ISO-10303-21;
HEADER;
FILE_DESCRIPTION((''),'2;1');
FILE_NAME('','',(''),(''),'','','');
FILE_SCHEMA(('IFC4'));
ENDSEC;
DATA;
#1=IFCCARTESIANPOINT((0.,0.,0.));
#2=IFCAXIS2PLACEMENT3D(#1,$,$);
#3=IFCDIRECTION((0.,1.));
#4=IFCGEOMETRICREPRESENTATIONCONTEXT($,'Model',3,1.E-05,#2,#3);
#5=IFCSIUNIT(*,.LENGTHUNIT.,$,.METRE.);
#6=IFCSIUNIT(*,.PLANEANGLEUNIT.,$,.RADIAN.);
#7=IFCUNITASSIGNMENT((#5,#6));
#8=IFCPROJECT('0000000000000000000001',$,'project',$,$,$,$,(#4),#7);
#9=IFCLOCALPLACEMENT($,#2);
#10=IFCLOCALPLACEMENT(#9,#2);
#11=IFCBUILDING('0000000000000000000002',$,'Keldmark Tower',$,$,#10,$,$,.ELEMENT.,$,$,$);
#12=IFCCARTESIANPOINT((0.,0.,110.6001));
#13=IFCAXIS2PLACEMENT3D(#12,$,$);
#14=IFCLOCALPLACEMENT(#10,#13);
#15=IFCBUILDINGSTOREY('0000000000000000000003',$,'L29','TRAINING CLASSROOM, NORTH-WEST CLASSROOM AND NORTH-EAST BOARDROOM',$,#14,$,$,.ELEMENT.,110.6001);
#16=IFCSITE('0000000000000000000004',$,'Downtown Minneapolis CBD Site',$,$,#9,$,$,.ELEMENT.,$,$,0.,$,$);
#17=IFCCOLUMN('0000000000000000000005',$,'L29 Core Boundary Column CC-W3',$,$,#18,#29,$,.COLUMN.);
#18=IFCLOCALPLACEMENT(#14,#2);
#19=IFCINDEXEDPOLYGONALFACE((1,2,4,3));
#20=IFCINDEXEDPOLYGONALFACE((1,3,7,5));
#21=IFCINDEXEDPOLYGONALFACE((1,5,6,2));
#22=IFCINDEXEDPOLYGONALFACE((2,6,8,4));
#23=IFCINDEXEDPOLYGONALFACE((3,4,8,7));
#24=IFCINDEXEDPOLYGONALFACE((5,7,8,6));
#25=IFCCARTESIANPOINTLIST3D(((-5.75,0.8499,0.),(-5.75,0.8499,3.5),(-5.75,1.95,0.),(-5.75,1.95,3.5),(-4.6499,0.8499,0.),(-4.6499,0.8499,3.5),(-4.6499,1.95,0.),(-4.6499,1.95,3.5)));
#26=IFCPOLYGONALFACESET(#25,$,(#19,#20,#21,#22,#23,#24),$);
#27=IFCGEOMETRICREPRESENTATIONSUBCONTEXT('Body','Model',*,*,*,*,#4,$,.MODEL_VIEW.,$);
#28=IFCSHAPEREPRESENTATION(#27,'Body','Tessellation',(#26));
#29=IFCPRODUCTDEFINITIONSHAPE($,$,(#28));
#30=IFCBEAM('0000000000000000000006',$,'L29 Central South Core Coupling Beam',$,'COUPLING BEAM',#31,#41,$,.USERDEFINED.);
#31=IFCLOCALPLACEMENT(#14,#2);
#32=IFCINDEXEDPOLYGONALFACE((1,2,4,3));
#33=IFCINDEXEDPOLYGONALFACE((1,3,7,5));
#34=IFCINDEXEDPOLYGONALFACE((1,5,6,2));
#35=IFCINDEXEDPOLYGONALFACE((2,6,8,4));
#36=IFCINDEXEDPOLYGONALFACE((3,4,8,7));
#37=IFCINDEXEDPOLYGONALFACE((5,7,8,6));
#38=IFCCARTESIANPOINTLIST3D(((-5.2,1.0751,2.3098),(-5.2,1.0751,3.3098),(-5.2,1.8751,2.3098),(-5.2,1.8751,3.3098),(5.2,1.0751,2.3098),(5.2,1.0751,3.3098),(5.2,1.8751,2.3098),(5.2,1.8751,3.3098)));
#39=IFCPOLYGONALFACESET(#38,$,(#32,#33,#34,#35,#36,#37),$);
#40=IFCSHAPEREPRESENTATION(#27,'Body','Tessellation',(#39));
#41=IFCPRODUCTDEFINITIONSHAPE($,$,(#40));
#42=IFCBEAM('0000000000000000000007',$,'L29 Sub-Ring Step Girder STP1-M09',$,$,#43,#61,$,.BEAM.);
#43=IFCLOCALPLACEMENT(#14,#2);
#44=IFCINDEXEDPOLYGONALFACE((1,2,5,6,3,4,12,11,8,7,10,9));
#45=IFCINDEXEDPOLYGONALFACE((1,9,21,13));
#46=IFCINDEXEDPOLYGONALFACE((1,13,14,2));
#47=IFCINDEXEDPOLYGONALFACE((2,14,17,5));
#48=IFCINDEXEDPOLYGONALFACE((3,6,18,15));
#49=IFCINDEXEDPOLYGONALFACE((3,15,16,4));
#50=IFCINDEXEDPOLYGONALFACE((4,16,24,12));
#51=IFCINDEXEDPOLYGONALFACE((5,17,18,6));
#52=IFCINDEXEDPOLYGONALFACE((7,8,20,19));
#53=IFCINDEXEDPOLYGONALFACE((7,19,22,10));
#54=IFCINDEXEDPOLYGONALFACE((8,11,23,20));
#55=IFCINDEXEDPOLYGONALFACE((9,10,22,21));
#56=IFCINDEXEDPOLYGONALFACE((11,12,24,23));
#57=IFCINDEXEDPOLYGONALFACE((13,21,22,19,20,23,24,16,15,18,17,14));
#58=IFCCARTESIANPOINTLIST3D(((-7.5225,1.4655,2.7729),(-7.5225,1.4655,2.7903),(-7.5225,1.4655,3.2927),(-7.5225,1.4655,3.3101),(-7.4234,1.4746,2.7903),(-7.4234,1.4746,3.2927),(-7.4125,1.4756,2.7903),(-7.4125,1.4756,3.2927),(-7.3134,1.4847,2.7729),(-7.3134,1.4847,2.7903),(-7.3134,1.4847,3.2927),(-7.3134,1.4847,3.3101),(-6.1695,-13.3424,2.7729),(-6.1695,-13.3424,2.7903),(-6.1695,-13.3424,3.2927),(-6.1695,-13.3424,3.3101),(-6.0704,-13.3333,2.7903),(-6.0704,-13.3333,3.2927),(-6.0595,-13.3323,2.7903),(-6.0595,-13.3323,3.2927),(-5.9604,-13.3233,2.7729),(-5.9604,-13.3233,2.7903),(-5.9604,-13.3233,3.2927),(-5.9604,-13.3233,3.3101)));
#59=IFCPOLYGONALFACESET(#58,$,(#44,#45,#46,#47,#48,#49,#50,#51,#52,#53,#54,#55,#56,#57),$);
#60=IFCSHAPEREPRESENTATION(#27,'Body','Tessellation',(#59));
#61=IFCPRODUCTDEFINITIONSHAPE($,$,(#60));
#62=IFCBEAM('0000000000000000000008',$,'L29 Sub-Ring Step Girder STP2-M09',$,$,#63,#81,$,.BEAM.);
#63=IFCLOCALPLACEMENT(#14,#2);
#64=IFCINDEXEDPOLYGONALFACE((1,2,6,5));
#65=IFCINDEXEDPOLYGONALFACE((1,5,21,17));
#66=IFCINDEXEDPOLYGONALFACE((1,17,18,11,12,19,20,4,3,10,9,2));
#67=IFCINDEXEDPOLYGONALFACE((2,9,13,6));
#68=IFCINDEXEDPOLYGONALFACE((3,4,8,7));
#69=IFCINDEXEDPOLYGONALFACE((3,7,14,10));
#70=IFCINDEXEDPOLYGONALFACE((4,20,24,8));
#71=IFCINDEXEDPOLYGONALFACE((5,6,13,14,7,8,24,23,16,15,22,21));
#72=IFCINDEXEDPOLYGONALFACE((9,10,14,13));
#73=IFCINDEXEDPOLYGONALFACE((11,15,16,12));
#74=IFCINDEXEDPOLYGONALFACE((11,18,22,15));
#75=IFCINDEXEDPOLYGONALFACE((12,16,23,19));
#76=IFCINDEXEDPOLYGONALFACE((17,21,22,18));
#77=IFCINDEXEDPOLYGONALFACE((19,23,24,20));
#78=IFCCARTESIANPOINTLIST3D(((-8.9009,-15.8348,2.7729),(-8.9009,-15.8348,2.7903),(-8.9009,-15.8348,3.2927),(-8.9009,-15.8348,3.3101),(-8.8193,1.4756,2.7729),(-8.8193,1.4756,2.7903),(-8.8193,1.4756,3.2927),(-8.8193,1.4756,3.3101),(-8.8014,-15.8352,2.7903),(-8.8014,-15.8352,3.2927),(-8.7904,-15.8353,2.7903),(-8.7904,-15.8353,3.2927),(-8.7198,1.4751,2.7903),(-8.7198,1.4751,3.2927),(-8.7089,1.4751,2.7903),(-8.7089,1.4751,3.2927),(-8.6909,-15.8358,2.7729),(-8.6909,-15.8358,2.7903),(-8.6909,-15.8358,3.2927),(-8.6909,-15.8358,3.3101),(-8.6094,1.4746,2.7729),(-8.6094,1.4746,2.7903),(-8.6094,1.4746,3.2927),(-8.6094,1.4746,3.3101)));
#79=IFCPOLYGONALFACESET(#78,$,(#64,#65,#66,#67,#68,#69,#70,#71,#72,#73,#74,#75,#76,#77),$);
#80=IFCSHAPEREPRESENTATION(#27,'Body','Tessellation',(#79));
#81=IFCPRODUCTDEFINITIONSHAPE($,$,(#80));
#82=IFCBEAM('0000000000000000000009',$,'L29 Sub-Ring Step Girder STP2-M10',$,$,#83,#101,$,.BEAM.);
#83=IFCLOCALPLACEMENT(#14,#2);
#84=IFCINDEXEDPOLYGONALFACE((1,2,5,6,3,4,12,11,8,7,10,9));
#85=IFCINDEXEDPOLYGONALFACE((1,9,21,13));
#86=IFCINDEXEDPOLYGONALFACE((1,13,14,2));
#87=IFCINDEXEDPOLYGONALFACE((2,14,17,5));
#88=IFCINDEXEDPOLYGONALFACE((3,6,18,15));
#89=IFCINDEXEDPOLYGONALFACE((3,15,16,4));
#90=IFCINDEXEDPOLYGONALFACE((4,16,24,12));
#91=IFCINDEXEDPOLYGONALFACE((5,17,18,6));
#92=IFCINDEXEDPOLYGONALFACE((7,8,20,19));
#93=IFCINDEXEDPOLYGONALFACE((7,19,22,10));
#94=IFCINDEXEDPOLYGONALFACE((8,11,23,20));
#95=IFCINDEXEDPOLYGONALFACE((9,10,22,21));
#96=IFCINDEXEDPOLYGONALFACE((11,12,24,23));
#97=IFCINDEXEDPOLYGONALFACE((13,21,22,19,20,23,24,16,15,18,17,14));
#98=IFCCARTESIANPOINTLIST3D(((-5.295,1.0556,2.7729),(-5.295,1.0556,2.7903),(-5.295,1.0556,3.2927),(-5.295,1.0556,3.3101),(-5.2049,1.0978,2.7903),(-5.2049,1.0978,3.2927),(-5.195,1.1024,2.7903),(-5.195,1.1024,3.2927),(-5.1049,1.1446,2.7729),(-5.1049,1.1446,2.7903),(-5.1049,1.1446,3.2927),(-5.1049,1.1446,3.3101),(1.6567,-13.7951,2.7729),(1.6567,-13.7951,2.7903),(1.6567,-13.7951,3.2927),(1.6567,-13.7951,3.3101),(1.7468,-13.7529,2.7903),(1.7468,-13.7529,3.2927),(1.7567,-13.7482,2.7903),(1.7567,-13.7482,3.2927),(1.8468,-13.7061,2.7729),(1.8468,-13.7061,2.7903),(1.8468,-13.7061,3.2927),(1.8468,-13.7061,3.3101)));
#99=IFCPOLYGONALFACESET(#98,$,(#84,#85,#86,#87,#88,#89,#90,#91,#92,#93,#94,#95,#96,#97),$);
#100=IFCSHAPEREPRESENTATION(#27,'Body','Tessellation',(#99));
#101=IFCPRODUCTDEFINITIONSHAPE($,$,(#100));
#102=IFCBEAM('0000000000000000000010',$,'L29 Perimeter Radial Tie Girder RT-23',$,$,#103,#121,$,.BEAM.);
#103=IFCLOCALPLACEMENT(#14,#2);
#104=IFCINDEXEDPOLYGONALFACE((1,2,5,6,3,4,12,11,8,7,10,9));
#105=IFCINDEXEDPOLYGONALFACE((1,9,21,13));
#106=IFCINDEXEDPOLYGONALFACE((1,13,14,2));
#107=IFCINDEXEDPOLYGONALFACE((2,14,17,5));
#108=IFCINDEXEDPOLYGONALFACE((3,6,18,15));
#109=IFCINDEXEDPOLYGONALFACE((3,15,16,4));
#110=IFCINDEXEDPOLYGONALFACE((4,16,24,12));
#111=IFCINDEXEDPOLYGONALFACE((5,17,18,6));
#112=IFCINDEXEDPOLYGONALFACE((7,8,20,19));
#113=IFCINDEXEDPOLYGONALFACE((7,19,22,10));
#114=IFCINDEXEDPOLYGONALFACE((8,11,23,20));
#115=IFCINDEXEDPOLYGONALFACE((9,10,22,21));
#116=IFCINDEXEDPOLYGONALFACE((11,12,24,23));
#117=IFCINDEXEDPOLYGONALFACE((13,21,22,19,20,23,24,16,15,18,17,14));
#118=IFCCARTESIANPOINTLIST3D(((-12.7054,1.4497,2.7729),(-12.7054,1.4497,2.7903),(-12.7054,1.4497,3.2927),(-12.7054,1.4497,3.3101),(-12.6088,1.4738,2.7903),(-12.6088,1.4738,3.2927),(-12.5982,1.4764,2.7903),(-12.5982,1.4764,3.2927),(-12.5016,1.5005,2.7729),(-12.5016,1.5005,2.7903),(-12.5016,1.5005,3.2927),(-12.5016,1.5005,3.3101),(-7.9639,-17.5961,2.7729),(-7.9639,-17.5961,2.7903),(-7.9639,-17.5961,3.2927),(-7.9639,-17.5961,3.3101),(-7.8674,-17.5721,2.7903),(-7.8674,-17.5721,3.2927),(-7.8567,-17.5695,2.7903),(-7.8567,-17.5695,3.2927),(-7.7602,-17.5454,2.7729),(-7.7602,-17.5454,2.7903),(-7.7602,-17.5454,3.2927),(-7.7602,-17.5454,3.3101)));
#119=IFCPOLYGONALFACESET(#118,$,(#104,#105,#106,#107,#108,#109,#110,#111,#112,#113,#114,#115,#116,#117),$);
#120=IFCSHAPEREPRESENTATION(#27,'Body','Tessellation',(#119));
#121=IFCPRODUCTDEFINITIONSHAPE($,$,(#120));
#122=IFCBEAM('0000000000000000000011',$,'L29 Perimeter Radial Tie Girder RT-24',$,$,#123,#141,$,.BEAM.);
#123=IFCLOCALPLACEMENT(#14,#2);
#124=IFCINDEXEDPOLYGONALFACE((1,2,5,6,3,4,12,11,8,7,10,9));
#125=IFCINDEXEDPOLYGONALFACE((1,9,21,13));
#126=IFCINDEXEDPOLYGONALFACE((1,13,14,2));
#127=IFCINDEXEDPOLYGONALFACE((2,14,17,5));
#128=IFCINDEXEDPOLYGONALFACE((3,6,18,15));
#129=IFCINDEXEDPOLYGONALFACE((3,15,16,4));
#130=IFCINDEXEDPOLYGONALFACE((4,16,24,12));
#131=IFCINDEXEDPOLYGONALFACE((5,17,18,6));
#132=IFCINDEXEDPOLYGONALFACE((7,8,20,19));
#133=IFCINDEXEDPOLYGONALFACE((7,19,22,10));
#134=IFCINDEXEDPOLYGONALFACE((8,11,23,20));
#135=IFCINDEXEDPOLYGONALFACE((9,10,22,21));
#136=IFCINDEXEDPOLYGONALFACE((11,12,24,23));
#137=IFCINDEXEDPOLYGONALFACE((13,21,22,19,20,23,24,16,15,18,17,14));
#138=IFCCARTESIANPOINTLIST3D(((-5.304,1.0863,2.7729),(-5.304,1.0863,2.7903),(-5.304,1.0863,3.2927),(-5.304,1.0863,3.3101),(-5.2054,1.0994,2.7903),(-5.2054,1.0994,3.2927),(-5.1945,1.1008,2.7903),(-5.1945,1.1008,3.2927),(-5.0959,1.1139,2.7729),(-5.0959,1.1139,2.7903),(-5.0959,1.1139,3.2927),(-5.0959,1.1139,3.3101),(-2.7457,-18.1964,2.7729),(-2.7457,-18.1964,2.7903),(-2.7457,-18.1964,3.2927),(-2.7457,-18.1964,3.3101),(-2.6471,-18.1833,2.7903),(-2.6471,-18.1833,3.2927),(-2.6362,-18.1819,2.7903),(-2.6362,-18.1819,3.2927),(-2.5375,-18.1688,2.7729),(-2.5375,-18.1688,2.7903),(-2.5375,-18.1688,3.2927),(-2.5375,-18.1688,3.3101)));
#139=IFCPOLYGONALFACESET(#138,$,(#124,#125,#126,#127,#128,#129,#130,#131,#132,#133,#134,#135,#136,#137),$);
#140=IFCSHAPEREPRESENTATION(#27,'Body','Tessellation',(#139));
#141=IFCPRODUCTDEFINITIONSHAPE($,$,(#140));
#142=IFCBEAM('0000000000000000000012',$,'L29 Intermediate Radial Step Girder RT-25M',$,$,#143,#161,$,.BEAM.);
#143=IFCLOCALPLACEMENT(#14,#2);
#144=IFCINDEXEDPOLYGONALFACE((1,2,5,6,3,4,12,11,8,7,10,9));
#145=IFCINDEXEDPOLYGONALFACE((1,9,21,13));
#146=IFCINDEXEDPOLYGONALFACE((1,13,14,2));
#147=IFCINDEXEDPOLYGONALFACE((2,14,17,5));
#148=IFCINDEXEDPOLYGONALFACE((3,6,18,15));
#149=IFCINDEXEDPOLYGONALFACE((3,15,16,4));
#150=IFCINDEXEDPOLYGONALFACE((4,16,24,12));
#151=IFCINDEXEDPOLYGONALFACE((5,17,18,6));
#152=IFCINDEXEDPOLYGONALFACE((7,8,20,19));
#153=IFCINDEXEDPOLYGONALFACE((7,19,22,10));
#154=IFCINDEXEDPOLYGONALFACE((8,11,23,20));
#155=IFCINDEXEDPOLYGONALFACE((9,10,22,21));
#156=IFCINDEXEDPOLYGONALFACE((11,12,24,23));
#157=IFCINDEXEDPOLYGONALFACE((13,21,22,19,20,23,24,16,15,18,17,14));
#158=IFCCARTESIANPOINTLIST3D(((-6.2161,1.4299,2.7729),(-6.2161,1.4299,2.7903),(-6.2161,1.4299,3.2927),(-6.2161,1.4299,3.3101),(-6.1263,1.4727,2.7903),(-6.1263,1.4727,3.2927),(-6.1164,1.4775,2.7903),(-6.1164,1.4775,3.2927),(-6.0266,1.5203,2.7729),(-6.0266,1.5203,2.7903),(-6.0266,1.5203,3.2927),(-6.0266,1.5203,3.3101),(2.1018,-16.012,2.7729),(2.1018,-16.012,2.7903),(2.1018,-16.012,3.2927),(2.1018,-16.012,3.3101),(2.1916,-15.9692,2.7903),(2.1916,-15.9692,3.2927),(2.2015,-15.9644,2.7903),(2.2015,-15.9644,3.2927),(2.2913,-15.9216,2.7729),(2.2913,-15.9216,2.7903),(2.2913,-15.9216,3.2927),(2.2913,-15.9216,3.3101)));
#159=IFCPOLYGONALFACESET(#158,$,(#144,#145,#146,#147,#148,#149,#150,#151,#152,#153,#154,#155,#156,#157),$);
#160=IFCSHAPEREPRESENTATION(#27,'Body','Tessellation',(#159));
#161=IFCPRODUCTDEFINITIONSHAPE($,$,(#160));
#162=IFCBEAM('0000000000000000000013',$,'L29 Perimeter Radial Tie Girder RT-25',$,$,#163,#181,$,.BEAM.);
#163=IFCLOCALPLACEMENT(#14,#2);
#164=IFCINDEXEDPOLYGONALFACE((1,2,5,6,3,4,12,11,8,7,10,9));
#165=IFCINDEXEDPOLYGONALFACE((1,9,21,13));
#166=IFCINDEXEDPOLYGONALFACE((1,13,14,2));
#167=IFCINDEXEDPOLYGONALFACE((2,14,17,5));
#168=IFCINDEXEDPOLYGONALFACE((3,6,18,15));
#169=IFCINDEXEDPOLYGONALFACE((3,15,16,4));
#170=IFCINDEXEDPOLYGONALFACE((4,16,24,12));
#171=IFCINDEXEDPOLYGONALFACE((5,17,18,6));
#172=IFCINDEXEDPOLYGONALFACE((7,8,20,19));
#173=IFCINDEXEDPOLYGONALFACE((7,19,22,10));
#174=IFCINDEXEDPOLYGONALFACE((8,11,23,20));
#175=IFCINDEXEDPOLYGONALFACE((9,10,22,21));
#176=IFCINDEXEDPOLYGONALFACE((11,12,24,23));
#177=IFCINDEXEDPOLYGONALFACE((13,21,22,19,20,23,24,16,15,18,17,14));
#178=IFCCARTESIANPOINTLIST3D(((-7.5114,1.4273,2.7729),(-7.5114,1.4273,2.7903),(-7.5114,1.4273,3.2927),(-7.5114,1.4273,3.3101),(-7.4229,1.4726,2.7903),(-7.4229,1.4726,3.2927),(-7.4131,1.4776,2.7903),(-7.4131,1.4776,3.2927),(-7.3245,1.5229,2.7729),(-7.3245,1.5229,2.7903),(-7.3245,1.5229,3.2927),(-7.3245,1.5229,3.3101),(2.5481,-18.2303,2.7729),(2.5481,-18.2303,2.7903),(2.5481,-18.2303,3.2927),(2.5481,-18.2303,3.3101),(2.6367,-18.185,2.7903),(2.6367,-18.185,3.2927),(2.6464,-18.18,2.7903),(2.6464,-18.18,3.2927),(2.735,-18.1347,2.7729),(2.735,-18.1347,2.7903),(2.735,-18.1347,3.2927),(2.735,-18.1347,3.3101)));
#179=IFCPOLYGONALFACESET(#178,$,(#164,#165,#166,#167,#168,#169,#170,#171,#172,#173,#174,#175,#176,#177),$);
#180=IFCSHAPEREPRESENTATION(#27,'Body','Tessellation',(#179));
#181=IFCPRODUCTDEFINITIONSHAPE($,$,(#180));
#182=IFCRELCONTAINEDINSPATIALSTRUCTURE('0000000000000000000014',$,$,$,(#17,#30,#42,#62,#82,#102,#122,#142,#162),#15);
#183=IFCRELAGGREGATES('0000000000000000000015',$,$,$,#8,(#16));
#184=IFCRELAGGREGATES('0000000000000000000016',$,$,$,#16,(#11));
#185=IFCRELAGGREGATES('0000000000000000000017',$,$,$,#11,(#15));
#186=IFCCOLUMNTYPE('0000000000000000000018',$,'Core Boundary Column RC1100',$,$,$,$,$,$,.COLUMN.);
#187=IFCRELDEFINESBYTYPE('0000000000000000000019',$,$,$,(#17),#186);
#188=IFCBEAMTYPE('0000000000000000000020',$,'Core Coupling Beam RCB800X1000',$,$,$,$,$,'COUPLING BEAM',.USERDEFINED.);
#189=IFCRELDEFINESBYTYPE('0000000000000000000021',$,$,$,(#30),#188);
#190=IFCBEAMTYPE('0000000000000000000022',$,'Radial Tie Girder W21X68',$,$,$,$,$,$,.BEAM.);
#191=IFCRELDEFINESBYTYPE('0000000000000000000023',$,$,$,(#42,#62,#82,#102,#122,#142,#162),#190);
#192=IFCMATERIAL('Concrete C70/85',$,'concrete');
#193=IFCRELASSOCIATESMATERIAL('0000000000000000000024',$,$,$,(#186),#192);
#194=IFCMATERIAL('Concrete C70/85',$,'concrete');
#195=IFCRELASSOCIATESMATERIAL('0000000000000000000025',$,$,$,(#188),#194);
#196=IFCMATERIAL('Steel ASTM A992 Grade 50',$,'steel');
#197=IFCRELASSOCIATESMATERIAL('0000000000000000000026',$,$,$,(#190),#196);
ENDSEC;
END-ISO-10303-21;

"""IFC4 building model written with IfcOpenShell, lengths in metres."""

from ifc_helpers import new_model, si_unit, direction, frame, origin, origin_2d, place, context, subcontext, project, spatial, rectangle, i_section, extrude, material, material_profile, profile_set, type_object, element, save


model = new_model("IFC4")

# Units and contexts
model_context = context("Model", 3, precision=1e-05, world=origin(), true_north=direction((0.0, 1.0)))
body_context = subcontext(model_context, "Body", "Model", "MODEL_VIEW")
ifc_project = project(units=[si_unit("LENGTHUNIT", "METRE"), si_unit("PLANEANGLEUNIT", "RADIAN")], contexts=[model_context])

# Site, building, storey
site_placement = place(None, origin())
site = spatial("IfcSite", under=ifc_project, at=site_placement, Name="Downtown Minneapolis CBD Site", CompositionType="ELEMENT", RefElevation=0.0)
building_placement = place(site_placement, origin())
building = spatial("IfcBuilding", under=site, at=building_placement, Name="Keldmark Tower", CompositionType="ELEMENT")
storey_placement = place(building_placement, frame((0.0, 0.0, 110.6001)))
storey = spatial("IfcBuildingStorey", under=building, at=storey_placement, Name="L29", Description="TRAINING CLASSROOM, NORTH-WEST CLASSROOM AND NORTH-EAST BOARDROOM", CompositionType="ELEMENT", Elevation=110.6001)

# Column
ifc_material_1 = material(Name="Concrete C70/85", Category="concrete")
ifc_material_profile_1 = material_profile(ifc_material_1, rectangle(XDim=1.1001, YDim=1.1001, at=origin_2d()), Name="RC1100X1100")
ifc_profile_set_1 = profile_set([ifc_material_profile_1], Name="Concrete C70/85")
column_type = type_object("IfcColumnType", Name="Core Boundary Column RC1100", PredefinedType="COLUMN", material=ifc_profile_set_1)
column_placement = place(storey_placement, frame((-5.2, 1.3999, 0.0), z_axis=(0.0, 0.0, 1.0), x_axis=(1.0, 0.0, 0.0)))
element("IfcColumn", 1, at=column_placement, inside=storey, type_object=column_type, Name="L29 Core Boundary Column CC-W3", PredefinedType="COLUMN", context=body_context, shape_type="SweptSolid", body=[
    extrude(rectangle(XDim=1.1001, YDim=1.1001, at=origin_2d()), origin(), (0.0, 0.0, 1.0), 3.5),
])

# Beams
ifc_material_2 = material(Name="Concrete C70/85", Category="concrete")
ifc_material_profile_2 = material_profile(ifc_material_2, rectangle(XDim=0.8, YDim=1.0, at=origin_2d()), Name="RCB800X1000")
ifc_profile_set_2 = profile_set([ifc_material_profile_2], Name="Concrete C70/85")
beam_type_1 = type_object("IfcBeamType", Name="Core Coupling Beam RCB800X1000", ElementType="COUPLING BEAM", PredefinedType="USERDEFINED", material=ifc_profile_set_2)
beam_1_placement = place(storey_placement, frame((-5.2, 1.4751, 2.8098), z_axis=(1.0, 0.0, 0.0), x_axis=(0.0, 1.0, 0.0)))
element("IfcBeam", 2, at=beam_1_placement, inside=storey, type_object=beam_type_1, Name="L29 Central South Core Coupling Beam", ObjectType="COUPLING BEAM", PredefinedType="USERDEFINED", context=body_context, shape_type="SweptSolid", body=[
    extrude(rectangle(XDim=0.8, YDim=1.0, at=origin_2d()), origin(), (0.0, 0.0, 1.0), 10.3999),
])
ifc_material_3 = material(Name="Steel ASTM A992 Grade 50", Category="steel")
ifc_material_profile_3 = material_profile(ifc_material_3, i_section(OverallWidth=0.21, OverallDepth=0.5371, WebThickness=0.011, FlangeThickness=0.0173, at=origin_2d()), Name="W21X68")
ifc_profile_set_3 = profile_set([ifc_material_profile_3], Name="Steel ASTM A992 Grade 50")
beam_type_2 = type_object("IfcBeamType", Name="Radial Tie Girder W21X68", PredefinedType="BEAM", material=ifc_profile_set_3)
beam_2_placement = place(storey_placement, frame((-7.418, 1.4751, 3.0415), z_axis=(0.090993, -0.995852, 0.0), x_axis=(0.995852, 0.090993, 0.0)))
element("IfcBeam", 3, at=beam_2_placement, inside=storey, type_object=beam_type_2, Name="L29 Sub-Ring Step Girder STP1-M09", PredefinedType="BEAM", context=body_context, shape_type="SweptSolid", body=[
    extrude(i_section(OverallWidth=0.21, OverallDepth=0.5371, WebThickness=0.011, FlangeThickness=0.0173, at=origin_2d()), origin(), (0.0, 0.0, 1.0), 14.8696),
])
beam_3_placement = place(storey_placement, frame((-8.7144, 1.4751, 3.0415), z_axis=(-0.004711, -0.999989, 0.0), x_axis=(0.999989, -0.004711, 0.0)))
element("IfcBeam", 4, at=beam_3_placement, inside=storey, type_object=beam_type_2, Name="L29 Sub-Ring Step Girder STP2-M09", PredefinedType="BEAM", context=body_context, shape_type="SweptSolid", body=[
    extrude(i_section(OverallWidth=0.21, OverallDepth=0.5371, WebThickness=0.011, FlangeThickness=0.0173, at=origin_2d()), origin(), (0.0, 0.0, 1.0), 17.3105),
])
beam_4_placement = place(storey_placement, frame((-5.2, 1.1001, 3.0415), z_axis=(0.423956, -0.905683, 0.0), x_axis=(0.905683, 0.423956, 0.0)))
element("IfcBeam", 5, at=beam_4_placement, inside=storey, type_object=beam_type_2, Name="L29 Sub-Ring Step Girder STP2-M10", PredefinedType="BEAM", context=body_context, shape_type="SweptSolid", body=[
    extrude(i_section(OverallWidth=0.21, OverallDepth=0.5371, WebThickness=0.011, FlangeThickness=0.0173, at=origin_2d()), origin(), (0.0, 0.0, 1.0), 16.3972),
])
beam_5_placement = place(storey_placement, frame((-12.6035, 1.4751, 3.0415), z_axis=(0.241576, -0.970382, 0.0), x_axis=(0.970382, 0.241576, 0.0)))
element("IfcBeam", 6, at=beam_5_placement, inside=storey, type_object=beam_type_2, Name="L29 Perimeter Radial Tie Girder RT-23", PredefinedType="BEAM", context=body_context, shape_type="SweptSolid", body=[
    extrude(i_section(OverallWidth=0.21, OverallDepth=0.5371, WebThickness=0.011, FlangeThickness=0.0173, at=origin_2d()), origin(), (0.0, 0.0, 1.0), 19.6272),
])
beam_6_placement = place(storey_placement, frame((-5.2, 1.1001, 3.0415), z_axis=(0.131523, -0.991313, 0.0), x_axis=(0.991313, 0.131523, 0.0)))
element("IfcBeam", 7, at=beam_6_placement, inside=storey, type_object=beam_type_2, Name="L29 Perimeter Radial Tie Girder RT-24", PredefinedType="BEAM", context=body_context, shape_type="SweptSolid", body=[
    extrude(i_section(OverallWidth=0.21, OverallDepth=0.5371, WebThickness=0.011, FlangeThickness=0.0173, at=origin_2d()), origin(), (0.0, 0.0, 1.0), 19.4517),
])
beam_7_placement = place(storey_placement, frame((-6.1213, 1.4751, 3.0415), z_axis=(0.430448, -0.902615, 0.0), x_axis=(0.902615, 0.430448, 0.0)))
element("IfcBeam", 8, at=beam_7_placement, inside=storey, type_object=beam_type_2, Name="L29 Intermediate Radial Step Girder RT-25M", PredefinedType="BEAM", context=body_context, shape_type="SweptSolid", body=[
    extrude(i_section(OverallWidth=0.21, OverallDepth=0.5371, WebThickness=0.011, FlangeThickness=0.0173, at=origin_2d()), origin(), (0.0, 0.0, 1.0), 19.3237),
])
beam_8_placement = place(storey_placement, frame((-7.418, 1.4751, 3.0415), z_axis=(0.455552, -0.890209, 0.0), x_axis=(0.890209, 0.455552, 0.0)))
element("IfcBeam", 9, at=beam_8_placement, inside=storey, type_object=beam_type_2, Name="L29 Perimeter Radial Tie Girder RT-25", PredefinedType="BEAM", context=body_context, shape_type="SweptSolid", body=[
    extrude(i_section(OverallWidth=0.21, OverallDepth=0.5371, WebThickness=0.011, FlangeThickness=0.0173, at=origin_2d()), origin(), (0.0, 0.0, 1.0), 22.082),
])

save(model, "model.ifc")
